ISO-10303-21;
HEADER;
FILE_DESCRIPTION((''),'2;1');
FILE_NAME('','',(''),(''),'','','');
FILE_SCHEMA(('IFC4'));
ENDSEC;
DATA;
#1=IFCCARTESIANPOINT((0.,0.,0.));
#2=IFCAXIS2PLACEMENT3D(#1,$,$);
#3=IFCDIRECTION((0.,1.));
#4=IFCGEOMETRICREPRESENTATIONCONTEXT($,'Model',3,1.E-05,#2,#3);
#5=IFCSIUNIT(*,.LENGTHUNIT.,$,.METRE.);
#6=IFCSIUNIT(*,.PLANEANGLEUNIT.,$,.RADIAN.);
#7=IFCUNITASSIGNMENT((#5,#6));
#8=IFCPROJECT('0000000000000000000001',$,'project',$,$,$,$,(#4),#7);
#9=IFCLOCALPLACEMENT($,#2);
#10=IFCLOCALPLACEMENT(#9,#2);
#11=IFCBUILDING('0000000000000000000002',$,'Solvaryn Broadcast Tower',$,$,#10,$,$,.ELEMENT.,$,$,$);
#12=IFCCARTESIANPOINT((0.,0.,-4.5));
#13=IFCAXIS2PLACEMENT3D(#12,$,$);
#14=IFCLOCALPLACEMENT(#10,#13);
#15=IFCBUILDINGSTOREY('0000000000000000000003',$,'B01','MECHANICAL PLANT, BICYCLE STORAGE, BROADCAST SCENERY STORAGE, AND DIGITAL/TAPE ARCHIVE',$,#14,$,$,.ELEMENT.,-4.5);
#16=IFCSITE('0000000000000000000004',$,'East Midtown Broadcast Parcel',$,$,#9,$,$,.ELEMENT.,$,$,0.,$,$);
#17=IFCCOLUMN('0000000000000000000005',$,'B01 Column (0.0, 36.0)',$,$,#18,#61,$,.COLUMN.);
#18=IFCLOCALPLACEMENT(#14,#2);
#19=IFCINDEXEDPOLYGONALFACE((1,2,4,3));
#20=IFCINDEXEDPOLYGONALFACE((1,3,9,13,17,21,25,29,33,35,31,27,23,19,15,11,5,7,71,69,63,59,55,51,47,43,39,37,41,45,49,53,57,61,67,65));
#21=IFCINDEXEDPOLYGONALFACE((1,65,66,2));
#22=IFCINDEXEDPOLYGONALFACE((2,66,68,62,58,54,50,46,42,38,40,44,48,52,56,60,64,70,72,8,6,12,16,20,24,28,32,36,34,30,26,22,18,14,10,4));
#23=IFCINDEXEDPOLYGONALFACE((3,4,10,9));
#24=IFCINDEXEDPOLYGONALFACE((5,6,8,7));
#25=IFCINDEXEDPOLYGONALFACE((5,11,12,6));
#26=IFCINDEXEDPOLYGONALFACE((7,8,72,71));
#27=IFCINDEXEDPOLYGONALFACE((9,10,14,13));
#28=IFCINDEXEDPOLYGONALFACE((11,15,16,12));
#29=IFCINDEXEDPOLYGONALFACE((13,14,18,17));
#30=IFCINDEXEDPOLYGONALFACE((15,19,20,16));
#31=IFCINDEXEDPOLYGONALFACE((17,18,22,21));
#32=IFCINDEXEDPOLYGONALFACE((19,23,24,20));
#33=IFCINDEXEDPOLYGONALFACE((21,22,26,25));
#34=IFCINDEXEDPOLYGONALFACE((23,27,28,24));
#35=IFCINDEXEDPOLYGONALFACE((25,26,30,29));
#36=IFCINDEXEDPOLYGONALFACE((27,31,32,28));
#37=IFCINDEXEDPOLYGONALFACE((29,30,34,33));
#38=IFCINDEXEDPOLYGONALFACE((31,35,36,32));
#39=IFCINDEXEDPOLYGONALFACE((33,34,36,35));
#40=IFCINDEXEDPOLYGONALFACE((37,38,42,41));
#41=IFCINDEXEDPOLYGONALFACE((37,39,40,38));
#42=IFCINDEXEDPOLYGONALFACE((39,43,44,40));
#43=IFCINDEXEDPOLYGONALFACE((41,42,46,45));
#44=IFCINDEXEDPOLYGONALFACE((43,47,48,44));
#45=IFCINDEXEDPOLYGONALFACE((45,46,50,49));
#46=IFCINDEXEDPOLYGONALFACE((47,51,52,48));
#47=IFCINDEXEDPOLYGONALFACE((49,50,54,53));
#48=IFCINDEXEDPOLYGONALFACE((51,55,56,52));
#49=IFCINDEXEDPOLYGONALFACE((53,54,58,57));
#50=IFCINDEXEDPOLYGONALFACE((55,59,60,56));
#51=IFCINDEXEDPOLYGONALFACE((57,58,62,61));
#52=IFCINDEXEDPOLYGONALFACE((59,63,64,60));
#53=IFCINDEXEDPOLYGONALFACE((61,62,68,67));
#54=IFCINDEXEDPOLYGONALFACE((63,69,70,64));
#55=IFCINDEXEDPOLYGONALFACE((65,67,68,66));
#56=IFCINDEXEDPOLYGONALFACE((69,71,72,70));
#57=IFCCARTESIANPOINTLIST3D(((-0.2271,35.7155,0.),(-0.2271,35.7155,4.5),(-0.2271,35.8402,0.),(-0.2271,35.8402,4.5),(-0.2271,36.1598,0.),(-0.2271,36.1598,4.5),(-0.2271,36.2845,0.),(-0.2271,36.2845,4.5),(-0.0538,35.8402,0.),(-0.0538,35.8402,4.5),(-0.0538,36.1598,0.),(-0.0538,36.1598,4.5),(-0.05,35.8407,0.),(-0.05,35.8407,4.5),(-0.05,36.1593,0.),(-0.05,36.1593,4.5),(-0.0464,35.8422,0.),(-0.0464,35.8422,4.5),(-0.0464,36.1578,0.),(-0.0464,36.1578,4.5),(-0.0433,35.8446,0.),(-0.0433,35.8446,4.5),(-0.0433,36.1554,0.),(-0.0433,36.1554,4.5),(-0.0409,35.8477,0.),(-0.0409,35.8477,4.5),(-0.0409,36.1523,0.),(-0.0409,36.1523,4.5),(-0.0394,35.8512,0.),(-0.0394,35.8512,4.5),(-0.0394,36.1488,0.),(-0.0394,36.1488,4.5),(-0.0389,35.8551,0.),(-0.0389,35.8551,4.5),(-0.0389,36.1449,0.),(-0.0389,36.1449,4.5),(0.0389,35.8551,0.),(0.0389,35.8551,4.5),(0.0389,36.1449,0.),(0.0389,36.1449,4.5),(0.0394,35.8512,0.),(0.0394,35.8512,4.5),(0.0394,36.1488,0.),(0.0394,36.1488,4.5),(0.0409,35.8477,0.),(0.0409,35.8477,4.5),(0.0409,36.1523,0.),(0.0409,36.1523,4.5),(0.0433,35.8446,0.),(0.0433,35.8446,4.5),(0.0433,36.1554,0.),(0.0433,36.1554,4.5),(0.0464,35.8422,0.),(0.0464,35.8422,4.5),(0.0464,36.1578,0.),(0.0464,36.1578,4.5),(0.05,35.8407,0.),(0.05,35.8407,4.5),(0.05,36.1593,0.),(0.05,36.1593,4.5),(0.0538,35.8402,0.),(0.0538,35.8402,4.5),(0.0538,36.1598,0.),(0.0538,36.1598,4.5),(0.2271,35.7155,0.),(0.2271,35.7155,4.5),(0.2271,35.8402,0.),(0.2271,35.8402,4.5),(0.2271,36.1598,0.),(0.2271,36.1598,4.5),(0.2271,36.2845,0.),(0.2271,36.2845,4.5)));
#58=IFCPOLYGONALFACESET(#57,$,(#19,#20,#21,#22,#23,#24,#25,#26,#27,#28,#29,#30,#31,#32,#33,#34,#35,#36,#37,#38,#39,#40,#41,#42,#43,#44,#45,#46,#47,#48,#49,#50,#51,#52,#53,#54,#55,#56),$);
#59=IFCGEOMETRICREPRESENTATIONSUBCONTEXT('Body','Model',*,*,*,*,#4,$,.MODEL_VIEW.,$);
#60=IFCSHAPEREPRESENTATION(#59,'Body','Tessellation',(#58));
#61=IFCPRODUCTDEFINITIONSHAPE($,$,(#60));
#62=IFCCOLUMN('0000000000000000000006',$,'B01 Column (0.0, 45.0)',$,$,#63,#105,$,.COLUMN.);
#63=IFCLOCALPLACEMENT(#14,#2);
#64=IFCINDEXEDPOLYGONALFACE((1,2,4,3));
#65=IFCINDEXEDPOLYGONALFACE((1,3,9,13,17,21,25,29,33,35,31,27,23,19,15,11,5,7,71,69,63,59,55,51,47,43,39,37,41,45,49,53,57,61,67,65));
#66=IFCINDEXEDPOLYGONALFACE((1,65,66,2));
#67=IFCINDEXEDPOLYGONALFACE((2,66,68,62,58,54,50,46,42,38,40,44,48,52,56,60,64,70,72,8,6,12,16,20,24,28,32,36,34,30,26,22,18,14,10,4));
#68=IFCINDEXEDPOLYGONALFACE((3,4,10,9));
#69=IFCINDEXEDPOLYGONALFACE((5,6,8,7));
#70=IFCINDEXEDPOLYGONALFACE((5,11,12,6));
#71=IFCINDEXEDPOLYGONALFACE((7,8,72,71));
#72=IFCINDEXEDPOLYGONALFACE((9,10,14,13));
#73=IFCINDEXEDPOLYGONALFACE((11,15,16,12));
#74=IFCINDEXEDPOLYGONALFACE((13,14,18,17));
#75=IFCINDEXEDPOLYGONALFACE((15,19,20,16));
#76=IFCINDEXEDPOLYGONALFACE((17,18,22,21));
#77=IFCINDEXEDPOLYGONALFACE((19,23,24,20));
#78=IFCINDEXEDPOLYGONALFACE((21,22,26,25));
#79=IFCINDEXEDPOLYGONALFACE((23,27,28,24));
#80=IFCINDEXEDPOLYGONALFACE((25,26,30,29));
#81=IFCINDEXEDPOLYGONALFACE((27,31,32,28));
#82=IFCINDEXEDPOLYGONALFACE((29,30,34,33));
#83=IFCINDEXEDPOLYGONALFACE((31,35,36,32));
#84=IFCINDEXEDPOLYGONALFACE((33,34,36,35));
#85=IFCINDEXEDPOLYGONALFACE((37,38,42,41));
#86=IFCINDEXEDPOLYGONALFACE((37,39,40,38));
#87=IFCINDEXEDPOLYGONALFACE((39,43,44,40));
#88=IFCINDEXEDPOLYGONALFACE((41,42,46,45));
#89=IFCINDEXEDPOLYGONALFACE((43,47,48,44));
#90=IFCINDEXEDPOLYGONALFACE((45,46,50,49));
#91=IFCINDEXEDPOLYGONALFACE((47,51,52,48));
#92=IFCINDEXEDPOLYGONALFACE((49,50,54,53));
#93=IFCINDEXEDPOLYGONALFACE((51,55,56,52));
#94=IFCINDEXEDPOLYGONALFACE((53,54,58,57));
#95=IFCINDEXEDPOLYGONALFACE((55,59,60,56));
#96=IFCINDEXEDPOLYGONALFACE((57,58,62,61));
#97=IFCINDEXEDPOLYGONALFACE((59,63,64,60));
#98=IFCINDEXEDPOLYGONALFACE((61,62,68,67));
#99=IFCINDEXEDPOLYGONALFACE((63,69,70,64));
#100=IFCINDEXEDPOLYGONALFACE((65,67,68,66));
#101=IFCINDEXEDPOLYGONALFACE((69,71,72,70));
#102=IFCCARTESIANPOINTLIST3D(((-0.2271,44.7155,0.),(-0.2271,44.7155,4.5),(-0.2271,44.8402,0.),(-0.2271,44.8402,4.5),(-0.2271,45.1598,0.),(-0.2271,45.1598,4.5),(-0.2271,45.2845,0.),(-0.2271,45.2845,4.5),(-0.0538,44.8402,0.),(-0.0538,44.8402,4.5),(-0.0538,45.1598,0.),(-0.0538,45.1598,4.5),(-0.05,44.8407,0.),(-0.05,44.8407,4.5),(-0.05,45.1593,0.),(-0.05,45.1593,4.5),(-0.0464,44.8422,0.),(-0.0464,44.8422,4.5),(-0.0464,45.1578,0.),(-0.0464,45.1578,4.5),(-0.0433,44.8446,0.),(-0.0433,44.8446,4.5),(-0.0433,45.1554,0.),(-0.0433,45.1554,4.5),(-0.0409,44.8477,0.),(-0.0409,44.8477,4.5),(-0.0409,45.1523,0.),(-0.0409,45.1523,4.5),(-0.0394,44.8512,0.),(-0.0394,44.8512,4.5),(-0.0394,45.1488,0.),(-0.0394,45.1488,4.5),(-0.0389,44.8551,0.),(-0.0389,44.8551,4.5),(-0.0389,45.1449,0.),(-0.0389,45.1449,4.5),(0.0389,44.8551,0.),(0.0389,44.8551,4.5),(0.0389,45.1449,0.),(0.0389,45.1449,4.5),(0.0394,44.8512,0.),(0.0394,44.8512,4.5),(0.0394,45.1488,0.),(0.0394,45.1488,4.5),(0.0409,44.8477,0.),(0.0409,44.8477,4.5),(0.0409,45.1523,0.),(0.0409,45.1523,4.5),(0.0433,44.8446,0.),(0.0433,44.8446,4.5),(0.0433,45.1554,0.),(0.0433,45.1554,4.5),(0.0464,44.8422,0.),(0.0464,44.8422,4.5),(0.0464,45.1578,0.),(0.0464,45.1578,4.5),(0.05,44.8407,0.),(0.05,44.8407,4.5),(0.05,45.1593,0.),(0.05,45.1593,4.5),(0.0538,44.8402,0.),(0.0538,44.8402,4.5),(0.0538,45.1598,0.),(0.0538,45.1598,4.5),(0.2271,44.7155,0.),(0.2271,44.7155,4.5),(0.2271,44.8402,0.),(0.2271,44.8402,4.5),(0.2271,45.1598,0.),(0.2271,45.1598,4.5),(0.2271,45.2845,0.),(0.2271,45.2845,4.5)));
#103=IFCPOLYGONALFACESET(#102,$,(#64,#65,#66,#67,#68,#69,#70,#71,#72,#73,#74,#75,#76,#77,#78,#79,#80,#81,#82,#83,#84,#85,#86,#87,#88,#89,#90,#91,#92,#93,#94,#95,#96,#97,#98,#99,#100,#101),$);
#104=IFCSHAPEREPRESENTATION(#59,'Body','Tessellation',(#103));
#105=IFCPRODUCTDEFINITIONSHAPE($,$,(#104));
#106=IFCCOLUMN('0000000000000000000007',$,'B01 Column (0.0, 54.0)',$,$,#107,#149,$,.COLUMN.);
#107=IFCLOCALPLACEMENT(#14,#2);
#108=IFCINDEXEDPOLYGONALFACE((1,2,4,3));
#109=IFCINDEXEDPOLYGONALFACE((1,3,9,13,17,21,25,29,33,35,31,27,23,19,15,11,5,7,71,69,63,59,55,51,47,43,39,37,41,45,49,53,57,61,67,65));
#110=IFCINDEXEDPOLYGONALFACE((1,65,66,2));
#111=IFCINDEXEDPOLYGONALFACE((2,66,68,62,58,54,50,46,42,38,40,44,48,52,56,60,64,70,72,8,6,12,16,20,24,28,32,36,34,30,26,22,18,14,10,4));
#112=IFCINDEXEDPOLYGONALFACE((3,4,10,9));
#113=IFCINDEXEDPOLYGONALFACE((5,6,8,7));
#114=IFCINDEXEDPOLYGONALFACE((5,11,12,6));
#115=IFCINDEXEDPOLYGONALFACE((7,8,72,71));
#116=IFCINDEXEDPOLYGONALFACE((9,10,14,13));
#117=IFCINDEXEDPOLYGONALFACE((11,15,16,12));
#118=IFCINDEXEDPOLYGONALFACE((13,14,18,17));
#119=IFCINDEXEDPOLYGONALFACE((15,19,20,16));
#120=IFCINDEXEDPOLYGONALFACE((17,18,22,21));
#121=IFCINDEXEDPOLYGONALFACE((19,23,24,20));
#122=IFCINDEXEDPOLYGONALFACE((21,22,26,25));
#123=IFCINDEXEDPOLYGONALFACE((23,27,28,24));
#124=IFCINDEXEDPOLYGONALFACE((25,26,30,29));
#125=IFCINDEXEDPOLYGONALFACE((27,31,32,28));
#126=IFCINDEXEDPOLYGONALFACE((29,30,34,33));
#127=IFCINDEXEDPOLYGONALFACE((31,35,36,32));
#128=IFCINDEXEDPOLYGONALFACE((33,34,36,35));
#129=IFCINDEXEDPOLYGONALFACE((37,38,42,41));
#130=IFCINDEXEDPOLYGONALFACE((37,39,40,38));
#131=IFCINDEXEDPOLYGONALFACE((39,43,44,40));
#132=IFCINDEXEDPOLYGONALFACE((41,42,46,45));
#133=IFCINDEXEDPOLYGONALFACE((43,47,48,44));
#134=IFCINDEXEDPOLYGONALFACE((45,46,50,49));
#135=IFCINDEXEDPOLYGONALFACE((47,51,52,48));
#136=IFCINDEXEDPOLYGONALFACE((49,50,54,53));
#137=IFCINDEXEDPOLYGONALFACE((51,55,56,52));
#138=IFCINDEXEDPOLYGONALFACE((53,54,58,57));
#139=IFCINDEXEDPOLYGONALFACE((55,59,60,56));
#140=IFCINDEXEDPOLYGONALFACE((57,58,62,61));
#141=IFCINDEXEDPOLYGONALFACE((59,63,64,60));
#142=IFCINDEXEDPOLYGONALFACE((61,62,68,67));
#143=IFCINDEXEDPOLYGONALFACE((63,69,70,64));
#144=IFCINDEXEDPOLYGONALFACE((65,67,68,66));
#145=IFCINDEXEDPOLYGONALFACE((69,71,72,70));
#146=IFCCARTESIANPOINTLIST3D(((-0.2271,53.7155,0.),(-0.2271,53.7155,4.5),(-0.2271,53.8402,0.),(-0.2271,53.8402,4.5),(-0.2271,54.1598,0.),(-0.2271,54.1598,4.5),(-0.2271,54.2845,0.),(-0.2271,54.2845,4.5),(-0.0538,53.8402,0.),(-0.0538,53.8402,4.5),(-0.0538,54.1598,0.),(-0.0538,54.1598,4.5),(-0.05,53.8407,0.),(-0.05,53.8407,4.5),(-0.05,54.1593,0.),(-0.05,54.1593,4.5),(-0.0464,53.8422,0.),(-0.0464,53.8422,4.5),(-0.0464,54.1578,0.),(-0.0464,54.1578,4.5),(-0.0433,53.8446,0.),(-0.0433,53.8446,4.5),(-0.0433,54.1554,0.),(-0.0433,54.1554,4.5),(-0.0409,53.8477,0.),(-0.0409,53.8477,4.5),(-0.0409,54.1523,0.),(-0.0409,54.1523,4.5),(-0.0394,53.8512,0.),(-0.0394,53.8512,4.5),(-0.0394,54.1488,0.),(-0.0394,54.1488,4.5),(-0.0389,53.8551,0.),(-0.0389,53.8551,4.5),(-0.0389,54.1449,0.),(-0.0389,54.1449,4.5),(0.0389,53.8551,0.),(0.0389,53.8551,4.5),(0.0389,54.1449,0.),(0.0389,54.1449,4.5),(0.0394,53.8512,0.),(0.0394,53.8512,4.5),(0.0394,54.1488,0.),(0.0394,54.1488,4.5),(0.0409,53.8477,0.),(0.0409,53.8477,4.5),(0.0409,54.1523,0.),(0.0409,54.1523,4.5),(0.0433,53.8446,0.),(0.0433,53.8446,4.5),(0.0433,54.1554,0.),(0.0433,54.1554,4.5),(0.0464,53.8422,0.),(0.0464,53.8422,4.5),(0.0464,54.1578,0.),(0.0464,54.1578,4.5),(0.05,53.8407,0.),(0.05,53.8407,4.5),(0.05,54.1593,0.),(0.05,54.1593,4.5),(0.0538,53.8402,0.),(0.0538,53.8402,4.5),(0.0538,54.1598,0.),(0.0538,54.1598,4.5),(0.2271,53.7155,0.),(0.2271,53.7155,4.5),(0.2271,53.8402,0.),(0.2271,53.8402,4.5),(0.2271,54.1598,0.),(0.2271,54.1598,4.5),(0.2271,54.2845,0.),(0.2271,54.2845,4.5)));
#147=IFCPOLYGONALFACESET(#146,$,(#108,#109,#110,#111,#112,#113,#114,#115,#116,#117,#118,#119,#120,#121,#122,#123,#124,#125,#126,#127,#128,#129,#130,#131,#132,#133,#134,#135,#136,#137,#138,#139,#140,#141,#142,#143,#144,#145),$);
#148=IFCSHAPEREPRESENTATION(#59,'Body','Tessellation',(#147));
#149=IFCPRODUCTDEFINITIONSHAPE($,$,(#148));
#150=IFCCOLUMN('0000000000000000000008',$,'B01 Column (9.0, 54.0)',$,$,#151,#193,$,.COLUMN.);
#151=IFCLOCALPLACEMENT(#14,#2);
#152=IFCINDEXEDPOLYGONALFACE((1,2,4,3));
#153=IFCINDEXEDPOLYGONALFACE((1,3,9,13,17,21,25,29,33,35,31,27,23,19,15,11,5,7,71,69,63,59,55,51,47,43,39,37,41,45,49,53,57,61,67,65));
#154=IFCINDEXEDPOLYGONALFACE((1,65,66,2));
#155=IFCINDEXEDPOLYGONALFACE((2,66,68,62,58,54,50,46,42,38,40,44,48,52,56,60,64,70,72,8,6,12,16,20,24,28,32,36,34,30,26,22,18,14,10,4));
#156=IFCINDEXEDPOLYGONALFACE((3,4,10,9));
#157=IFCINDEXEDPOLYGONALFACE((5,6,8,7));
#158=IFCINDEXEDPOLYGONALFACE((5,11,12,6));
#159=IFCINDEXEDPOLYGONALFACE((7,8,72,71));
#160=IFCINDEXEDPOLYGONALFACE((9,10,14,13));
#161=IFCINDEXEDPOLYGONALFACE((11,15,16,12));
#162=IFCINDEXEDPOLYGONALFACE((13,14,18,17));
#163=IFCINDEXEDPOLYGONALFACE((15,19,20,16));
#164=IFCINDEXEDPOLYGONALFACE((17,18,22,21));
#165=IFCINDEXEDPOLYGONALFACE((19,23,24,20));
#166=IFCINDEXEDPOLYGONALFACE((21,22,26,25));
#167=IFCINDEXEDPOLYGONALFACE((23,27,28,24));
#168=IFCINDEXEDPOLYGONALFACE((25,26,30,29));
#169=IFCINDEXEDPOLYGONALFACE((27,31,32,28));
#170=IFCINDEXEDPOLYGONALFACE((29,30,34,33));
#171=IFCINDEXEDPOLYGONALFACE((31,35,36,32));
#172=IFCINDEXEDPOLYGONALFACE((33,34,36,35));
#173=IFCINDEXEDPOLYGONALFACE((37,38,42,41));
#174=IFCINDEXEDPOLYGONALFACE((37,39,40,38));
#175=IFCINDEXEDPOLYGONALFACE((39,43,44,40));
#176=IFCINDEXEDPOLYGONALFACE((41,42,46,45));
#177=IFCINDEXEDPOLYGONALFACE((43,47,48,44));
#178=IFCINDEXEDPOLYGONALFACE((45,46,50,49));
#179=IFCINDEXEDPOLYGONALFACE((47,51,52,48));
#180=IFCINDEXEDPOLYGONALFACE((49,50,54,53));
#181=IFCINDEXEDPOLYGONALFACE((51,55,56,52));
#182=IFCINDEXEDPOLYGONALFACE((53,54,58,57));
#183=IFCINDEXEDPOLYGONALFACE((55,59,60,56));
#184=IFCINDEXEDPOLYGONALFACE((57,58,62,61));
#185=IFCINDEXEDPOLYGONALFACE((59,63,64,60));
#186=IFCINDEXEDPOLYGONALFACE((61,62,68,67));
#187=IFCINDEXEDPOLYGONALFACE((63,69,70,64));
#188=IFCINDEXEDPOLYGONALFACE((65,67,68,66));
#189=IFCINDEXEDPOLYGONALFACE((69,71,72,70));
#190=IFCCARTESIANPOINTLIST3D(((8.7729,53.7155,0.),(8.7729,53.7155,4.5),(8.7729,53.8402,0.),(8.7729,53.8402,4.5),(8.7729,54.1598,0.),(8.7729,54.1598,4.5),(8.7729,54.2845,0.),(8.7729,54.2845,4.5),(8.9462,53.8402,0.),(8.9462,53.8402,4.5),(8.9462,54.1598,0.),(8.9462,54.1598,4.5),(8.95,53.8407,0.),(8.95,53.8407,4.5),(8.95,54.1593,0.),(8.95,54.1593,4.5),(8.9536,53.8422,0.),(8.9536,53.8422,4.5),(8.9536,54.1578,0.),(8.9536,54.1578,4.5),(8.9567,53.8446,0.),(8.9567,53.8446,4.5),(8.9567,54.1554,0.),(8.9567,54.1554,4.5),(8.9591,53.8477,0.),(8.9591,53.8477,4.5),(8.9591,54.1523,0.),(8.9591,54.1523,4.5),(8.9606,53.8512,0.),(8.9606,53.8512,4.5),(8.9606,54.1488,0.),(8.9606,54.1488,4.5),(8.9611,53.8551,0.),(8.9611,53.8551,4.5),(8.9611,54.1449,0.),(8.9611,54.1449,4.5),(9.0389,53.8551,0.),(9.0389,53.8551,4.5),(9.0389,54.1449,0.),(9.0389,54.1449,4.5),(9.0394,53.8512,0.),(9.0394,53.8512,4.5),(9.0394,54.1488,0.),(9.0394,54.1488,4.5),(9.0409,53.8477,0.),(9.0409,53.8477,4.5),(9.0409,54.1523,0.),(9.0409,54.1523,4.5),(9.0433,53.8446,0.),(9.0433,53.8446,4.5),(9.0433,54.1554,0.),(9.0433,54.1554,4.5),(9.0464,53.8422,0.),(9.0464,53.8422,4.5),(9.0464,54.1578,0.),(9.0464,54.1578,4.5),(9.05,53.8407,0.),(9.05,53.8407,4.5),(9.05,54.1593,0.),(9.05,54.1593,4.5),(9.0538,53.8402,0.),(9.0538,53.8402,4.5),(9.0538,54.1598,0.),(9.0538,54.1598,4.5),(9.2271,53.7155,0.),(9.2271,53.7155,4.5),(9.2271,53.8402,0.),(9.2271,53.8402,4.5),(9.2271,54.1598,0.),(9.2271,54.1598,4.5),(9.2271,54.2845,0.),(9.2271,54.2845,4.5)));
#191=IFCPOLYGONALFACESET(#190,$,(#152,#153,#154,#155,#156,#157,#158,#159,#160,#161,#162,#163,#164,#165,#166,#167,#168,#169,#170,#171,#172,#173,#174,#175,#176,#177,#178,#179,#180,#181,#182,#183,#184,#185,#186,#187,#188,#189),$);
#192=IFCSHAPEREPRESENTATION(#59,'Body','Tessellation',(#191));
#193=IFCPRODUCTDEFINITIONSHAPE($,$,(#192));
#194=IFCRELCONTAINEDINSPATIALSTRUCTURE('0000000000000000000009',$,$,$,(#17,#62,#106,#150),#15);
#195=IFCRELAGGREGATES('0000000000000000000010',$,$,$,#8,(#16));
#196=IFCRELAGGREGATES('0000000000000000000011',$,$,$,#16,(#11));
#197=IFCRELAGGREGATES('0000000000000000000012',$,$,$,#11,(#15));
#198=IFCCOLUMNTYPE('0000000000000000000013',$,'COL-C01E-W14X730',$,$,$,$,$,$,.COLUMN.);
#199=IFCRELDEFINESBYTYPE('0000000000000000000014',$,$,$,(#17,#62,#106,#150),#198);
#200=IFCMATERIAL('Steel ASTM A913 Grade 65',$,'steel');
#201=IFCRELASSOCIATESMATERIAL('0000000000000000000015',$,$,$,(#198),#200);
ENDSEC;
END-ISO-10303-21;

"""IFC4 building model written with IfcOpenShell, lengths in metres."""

from ifc_helpers import new_model, si_unit, direction, frame, origin, origin_2d, place, context, subcontext, project, spatial, i_section, extrude, material, material_profile, profile_set, type_object, element, save


model = new_model("IFC4")

# Units and contexts
model_context = context("Model", 3, precision=1e-05, world=origin(), true_north=direction((0.0, 1.0)))
body_context = subcontext(model_context, "Body", "Model", "MODEL_VIEW")
ifc_project = project(units=[si_unit("LENGTHUNIT", "METRE"), si_unit("PLANEANGLEUNIT", "RADIAN")], contexts=[model_context])

# Site, building, storey
site_placement = place(None, origin())
site = spatial("IfcSite", under=ifc_project, at=site_placement, Name="East Midtown Broadcast Parcel", CompositionType="ELEMENT", RefElevation=0.0)
building_placement = place(site_placement, origin())
building = spatial("IfcBuilding", under=site, at=building_placement, Name="Solvaryn Broadcast Tower", CompositionType="ELEMENT")
storey_placement = place(building_placement, frame((0.0, 0.0, -4.5)))
storey = spatial("IfcBuildingStorey", under=building, at=storey_placement, Name="B01", Description="MECHANICAL PLANT, BICYCLE STORAGE, BROADCAST SCENERY STORAGE, AND DIGITAL/TAPE ARCHIVE", CompositionType="ELEMENT", Elevation=-4.5)

# Columns
ifc_material_1 = material(Name="Steel ASTM A913 Grade 65", Category="steel")
ifc_material_profile_1 = material_profile(ifc_material_1, i_section(OverallWidth=0.4541, OverallDepth=0.5691, WebThickness=0.0779, FlangeThickness=0.1248, FilletRadius=0.0149, at=origin_2d()))
ifc_profile_set_1 = profile_set([ifc_material_profile_1], Name="Steel ASTM A913 Grade 65")
column_type_1 = type_object("IfcColumnType", Name="COL-C01E-W14X730", PredefinedType="COLUMN", material=ifc_profile_set_1)
for number, where, z_axis, x_axis, name in (
    (1, (0.0, 36.0, 0.0), (0.0, 0.0, 1.0), (1.0, 0.0, 0.0), "B01 Column (0.0, 36.0)"),
    (2, (0.0, 45.0, 0.0), (0.0, 0.0, 1.0), (1.0, 0.0, 0.0), "B01 Column (0.0, 45.0)"),
    (3, (0.0, 54.0, 0.0), (0.0, 0.0, 1.0), (1.0, 0.0, 0.0), "B01 Column (0.0, 54.0)"),
    (4, (9.0, 54.0, 0.0), (0.0, 0.0, 1.0), (1.0, 0.0, 0.0), "B01 Column (9.0, 54.0)"),
):
    element("IfcColumn", number, at=place(storey_placement, frame(where, z_axis=z_axis, x_axis=x_axis)), inside=storey, type_object=column_type_1, Name=name, PredefinedType="COLUMN", context=body_context, shape_type="SweptSolid", body=[
        extrude(i_section(OverallWidth=0.4541, OverallDepth=0.5691, WebThickness=0.0779, FlangeThickness=0.1248, FilletRadius=0.0149, at=origin_2d()), origin(), (0.0, 0.0, 1.0), 4.5),
    ])

save(model, "model.ifc")
